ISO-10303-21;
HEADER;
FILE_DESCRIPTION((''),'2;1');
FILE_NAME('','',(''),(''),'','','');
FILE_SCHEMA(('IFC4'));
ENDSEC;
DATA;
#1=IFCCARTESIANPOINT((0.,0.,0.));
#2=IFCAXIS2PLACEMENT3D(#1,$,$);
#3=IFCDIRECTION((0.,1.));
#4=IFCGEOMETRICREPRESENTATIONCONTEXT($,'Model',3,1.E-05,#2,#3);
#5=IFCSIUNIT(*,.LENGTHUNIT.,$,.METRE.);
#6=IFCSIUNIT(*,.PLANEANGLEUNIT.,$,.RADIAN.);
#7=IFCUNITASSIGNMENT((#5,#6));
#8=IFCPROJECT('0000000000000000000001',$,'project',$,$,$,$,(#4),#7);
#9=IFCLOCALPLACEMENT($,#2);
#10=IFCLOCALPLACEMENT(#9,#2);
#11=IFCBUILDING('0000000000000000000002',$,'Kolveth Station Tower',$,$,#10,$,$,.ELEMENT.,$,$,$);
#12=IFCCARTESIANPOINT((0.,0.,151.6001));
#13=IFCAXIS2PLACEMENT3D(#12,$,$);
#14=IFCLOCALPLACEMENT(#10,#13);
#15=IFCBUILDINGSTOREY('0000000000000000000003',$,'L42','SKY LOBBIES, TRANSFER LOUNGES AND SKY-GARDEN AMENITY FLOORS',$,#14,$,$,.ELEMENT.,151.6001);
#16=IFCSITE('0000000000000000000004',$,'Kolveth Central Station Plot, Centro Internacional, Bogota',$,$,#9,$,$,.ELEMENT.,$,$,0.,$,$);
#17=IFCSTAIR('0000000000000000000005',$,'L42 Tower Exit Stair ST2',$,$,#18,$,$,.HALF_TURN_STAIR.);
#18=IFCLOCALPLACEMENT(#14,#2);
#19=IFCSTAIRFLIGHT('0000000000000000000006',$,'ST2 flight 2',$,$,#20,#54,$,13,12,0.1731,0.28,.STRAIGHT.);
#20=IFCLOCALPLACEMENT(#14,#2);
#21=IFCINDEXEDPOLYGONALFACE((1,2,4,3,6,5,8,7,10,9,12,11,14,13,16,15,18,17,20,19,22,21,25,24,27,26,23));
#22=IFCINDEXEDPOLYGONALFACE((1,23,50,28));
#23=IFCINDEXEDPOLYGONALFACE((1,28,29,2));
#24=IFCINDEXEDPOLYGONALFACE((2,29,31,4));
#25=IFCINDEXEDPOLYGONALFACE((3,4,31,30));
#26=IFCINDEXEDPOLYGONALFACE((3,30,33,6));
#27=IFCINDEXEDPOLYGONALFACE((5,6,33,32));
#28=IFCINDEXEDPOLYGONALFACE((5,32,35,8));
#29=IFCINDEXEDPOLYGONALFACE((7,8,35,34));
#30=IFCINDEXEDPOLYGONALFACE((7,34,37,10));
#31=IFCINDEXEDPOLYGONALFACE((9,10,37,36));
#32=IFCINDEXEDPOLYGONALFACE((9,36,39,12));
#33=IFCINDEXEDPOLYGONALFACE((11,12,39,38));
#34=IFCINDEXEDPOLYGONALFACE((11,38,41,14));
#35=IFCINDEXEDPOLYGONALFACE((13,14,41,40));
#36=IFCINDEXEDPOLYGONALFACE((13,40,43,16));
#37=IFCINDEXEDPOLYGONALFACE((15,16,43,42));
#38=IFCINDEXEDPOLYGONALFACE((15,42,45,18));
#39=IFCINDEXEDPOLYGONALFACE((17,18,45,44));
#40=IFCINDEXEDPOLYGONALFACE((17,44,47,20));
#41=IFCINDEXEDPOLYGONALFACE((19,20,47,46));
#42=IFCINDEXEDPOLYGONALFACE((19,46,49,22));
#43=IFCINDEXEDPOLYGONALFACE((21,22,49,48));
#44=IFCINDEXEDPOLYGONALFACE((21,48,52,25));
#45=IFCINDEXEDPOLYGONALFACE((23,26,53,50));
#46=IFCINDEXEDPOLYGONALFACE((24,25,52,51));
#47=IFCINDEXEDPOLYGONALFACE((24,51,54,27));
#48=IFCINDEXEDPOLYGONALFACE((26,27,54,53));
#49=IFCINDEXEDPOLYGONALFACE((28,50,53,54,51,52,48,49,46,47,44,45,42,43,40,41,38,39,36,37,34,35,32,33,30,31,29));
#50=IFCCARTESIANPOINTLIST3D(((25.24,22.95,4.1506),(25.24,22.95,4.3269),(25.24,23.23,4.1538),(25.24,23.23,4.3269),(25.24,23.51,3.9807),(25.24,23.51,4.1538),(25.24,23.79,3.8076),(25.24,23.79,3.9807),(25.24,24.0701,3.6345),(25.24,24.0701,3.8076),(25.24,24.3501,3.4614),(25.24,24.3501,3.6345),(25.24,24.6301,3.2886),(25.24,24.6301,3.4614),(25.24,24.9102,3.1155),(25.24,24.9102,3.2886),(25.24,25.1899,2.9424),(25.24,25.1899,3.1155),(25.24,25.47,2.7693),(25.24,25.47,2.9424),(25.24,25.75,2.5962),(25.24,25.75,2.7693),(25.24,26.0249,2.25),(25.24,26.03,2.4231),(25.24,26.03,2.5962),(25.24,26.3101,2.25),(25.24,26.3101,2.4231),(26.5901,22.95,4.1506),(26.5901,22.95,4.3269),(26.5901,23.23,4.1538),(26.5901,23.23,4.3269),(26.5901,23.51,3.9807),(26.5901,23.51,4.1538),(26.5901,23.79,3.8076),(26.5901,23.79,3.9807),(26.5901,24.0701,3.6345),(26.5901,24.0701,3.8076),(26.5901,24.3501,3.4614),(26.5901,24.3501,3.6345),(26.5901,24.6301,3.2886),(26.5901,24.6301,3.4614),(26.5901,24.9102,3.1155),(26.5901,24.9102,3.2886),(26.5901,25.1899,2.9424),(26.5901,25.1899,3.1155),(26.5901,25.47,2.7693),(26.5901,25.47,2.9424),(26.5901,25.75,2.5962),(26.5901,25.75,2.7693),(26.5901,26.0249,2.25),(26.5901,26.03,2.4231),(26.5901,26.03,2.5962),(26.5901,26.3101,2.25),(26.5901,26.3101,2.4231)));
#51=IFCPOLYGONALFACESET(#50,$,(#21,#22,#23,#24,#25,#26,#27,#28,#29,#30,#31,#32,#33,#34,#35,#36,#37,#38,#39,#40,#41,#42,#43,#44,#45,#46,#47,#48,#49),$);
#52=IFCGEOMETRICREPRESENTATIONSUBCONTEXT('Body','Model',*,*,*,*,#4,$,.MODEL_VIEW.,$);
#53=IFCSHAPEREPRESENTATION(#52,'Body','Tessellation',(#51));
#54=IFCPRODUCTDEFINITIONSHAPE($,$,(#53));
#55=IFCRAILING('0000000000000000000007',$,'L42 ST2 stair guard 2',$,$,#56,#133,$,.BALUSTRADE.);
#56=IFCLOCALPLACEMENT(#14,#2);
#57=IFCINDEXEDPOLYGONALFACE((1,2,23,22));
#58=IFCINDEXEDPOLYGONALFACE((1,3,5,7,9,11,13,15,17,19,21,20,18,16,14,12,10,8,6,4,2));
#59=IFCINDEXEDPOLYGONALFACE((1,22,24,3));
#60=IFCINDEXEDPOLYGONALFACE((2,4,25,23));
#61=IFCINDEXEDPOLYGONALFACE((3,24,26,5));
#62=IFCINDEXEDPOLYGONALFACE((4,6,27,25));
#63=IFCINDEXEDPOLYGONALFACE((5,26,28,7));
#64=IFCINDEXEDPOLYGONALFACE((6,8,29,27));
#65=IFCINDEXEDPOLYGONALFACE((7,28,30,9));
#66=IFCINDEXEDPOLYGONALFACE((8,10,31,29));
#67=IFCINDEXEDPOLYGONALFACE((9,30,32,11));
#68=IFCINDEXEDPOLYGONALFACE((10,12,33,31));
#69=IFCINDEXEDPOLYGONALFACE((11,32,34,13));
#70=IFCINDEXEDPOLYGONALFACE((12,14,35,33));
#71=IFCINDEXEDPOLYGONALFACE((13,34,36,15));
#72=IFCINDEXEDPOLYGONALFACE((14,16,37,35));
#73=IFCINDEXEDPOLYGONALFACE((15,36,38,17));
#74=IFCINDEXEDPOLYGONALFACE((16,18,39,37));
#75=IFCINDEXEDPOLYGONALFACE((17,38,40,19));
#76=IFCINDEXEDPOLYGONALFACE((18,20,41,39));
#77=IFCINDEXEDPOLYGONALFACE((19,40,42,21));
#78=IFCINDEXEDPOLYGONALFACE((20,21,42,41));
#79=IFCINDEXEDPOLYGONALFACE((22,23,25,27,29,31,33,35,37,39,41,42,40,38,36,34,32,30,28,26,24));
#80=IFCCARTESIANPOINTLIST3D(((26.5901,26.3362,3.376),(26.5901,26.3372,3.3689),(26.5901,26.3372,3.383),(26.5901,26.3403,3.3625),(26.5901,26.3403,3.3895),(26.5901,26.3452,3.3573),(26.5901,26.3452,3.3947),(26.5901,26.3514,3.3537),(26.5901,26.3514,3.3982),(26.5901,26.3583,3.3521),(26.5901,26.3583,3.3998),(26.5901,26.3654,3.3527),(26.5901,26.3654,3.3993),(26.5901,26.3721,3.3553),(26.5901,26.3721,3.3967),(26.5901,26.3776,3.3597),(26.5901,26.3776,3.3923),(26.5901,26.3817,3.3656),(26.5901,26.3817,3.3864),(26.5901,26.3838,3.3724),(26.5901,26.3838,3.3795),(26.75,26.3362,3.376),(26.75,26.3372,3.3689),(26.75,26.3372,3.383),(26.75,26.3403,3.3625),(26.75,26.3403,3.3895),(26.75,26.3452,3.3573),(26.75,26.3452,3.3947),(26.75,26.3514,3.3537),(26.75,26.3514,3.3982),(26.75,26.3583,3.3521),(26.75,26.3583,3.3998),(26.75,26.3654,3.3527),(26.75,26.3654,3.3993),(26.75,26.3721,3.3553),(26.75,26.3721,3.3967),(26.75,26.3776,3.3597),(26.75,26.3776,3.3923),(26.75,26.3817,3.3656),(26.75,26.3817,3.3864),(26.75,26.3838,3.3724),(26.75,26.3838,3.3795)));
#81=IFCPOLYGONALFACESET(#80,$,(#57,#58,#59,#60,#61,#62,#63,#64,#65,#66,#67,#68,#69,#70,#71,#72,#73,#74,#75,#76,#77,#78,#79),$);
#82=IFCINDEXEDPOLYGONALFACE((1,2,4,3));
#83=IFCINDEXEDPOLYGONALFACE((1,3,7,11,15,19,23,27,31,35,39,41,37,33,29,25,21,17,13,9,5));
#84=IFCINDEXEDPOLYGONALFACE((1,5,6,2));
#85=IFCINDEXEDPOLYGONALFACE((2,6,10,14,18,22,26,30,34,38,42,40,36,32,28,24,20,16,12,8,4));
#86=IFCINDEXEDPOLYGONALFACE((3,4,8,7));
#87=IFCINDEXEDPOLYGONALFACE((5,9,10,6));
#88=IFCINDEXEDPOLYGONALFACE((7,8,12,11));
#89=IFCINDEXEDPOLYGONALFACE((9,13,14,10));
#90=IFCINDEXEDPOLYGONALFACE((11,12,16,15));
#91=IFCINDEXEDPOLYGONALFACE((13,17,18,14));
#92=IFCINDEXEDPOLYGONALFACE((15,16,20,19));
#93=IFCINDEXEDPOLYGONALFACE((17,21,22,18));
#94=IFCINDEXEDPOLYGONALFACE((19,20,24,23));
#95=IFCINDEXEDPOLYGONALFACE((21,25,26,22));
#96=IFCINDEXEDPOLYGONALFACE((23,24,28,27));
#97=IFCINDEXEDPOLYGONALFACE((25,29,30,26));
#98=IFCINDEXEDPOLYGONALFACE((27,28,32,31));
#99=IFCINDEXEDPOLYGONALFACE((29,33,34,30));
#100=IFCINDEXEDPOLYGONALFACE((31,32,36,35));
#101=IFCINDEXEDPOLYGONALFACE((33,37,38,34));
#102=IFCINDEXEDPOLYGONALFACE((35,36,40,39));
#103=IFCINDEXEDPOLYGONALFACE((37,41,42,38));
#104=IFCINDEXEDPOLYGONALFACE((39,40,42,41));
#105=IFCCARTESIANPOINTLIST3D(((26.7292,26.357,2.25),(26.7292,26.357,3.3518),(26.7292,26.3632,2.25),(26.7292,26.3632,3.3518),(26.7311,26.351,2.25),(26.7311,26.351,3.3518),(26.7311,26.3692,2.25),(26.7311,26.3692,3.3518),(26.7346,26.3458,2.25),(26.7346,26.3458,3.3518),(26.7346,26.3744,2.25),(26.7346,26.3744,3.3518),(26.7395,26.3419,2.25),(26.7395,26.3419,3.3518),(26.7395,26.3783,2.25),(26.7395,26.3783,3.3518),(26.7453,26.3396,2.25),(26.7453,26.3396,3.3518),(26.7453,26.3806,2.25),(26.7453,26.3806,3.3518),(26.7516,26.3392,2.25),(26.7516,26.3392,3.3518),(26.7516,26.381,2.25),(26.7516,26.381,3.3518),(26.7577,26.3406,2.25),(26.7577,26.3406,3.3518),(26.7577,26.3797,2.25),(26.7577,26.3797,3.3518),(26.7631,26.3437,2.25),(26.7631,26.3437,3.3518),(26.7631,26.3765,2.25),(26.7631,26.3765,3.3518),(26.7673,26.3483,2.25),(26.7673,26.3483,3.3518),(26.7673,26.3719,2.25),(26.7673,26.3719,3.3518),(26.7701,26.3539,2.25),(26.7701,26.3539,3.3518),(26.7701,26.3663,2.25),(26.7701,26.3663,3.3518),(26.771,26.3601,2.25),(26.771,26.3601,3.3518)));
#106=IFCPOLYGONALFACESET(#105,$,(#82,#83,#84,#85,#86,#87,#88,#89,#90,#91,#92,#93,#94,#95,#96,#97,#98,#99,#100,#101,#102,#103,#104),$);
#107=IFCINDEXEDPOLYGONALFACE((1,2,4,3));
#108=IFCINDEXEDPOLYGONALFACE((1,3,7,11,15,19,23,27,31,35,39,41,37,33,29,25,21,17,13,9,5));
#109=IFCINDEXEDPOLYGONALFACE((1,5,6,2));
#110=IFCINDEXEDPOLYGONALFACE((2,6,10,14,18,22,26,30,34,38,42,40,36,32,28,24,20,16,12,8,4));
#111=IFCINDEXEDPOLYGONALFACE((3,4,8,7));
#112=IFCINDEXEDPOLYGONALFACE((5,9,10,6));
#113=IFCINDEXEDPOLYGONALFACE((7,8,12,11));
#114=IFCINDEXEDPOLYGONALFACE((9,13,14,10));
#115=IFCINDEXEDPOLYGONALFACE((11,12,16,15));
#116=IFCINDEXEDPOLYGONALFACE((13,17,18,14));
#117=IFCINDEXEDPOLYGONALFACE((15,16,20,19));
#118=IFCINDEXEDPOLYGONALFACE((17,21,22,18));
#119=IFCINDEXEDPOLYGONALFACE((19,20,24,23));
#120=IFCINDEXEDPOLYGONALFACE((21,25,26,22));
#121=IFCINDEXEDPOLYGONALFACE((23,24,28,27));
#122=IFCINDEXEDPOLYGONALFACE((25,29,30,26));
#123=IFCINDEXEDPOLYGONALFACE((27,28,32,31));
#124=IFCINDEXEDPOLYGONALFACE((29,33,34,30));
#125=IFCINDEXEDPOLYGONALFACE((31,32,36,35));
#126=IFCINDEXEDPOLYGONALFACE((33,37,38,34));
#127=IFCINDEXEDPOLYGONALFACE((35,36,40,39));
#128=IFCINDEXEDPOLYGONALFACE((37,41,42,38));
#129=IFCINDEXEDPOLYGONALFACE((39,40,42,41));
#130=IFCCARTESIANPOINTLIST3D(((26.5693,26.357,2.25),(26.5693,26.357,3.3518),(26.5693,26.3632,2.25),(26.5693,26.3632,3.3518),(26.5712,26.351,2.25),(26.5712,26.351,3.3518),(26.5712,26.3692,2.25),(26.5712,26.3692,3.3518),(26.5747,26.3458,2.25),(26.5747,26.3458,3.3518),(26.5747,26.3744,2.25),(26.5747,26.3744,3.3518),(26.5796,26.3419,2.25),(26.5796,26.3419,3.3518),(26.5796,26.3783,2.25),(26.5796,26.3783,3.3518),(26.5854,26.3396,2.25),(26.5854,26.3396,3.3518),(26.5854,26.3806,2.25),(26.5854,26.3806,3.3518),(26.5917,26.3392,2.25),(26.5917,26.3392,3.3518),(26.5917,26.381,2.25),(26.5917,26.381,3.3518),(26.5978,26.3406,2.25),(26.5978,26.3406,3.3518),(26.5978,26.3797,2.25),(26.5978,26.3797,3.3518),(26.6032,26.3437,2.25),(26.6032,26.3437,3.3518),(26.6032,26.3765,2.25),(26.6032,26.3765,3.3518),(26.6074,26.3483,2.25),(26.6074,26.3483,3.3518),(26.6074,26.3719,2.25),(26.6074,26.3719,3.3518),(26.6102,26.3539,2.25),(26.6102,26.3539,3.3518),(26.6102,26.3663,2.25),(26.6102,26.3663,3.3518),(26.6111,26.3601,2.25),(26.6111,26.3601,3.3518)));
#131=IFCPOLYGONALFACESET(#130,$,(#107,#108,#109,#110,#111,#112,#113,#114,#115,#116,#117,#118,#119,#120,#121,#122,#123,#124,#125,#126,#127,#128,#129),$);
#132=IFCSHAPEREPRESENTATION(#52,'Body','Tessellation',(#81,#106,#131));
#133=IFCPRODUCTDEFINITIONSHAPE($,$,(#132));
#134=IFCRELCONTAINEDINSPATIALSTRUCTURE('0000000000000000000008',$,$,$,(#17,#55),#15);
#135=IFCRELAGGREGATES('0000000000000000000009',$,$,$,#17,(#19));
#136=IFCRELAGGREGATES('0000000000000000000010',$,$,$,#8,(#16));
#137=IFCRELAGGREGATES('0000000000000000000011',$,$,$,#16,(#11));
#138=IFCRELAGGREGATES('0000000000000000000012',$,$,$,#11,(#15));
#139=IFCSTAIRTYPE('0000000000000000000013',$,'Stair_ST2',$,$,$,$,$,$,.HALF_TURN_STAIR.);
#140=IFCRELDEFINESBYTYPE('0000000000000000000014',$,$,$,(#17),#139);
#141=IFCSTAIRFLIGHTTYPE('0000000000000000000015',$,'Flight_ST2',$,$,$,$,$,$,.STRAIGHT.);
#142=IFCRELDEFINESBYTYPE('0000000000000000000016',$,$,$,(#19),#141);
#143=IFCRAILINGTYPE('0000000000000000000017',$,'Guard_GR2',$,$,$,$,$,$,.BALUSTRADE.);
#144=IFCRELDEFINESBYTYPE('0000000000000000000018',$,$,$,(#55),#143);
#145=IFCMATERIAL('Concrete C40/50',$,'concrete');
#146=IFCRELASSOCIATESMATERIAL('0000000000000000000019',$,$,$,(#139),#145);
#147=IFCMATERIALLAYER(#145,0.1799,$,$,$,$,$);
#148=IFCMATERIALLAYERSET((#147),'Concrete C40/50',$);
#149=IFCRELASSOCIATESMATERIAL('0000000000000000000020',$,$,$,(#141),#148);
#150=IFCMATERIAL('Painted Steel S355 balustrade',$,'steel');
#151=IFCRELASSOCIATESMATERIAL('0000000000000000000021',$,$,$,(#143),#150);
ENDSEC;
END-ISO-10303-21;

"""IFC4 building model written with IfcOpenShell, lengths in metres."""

from ifc_helpers import new_model, si_unit, direction, frame, origin, origin_2d, place, context, subcontext, project, spatial, polyline, circle, outline, extrude, material, layer, layer_set, type_object, element, aggregate, save


model = new_model("IFC4")

# Units and contexts
model_context = context("Model", 3, precision=1e-05, world=origin(), true_north=direction((0.0, 1.0)))
body_context = subcontext(model_context, "Body", "Model", "MODEL_VIEW")
ifc_project = project(units=[si_unit("LENGTHUNIT", "METRE"), si_unit("PLANEANGLEUNIT", "RADIAN")], contexts=[model_context])

# Site, building, storey
site_placement = place(None, origin())
site = spatial("IfcSite", under=ifc_project, at=site_placement, Name="Kolveth Central Station Plot, Centro Internacional, Bogota", CompositionType="ELEMENT", RefElevation=0.0)
building_placement = place(site_placement, origin())
building = spatial("IfcBuilding", under=site, at=building_placement, Name="Kolveth Station Tower", CompositionType="ELEMENT")
storey_placement = place(building_placement, frame((0.0, 0.0, 151.6001)))
storey = spatial("IfcBuildingStorey", under=building, at=storey_placement, Name="L42", Description="SKY LOBBIES, TRANSFER LOUNGES AND SKY-GARDEN AMENITY FLOORS", CompositionType="ELEMENT", Elevation=151.6001)

# Stair, stair flight
ifc_material_1 = material(Name="Concrete C40/50", Category="concrete")
stair_type = type_object("IfcStairType", Name="Stair_ST2", PredefinedType="HALF_TURN_STAIR", material=ifc_material_1)
stair_placement = place(storey_placement, origin())
stair = element("IfcStair", 1, at=stair_placement, inside=storey, type_object=stair_type, Name="L42 Tower Exit Stair ST2", PredefinedType="HALF_TURN_STAIR")
ifc_layer_1 = layer(ifc_material_1, 0.1799)
ifc_layer_set_1 = layer_set([ifc_layer_1], Name="Concrete C40/50")
stair_flight_type = type_object("IfcStairFlightType", Name="Flight_ST2", PredefinedType="STRAIGHT", material=ifc_layer_set_1)
stair_flight_placement = place(storey_placement, frame((25.915, 26.3101, 2.25), z_axis=(0.0, 0.0, 1.0), x_axis=(0.0, -1.0, 0.0)))
stair_flight = element("IfcStairFlight", 2, at=stair_flight_placement, type_object=stair_flight_type, Name="ST2 flight 2", NumberOfRisers=13, NumberOfTreads=12, PredefinedType="STRAIGHT", RiserHeight=0.1731, TreadLength=0.28, context=body_context, shape_type="SweptSolid", body=[
    extrude(outline(polyline([(0.0, 0.0), (0.0, 0.1731), (0.28, 0.1731), (0.28, 0.3462), (0.5601, 0.3462), (0.5601, 0.5193), (0.8401, 0.5193), (0.8401, 0.6924), (1.1201, 0.6924), (1.1201, 0.8655), (1.3999, 0.8655), (1.3999, 1.0386), (1.6799, 1.0386), (1.6799, 1.2114), (1.96, 1.2114), (1.96, 1.3845), (2.24, 1.3845), (2.24, 1.5576), (2.52, 1.5576), (2.52, 1.7307), (2.8, 1.7307), (2.8, 1.9038), (3.0801, 1.9038), (3.0801, 2.0769), (3.3601, 2.0769), (3.3601, 2.25), (3.3601, 1.9006), (0.2852, 0.0), (0.0, 0.0)])), frame((0.0, 0.675, 0.0), z_axis=(0.0, -1.0, 0.0), x_axis=(1.0, 0.0, 0.0)), (0.0, 0.0, 1.0), 1.3501),
])
aggregate(stair, [stair_flight])

# Railing
ifc_material_2 = material(Name="Painted Steel S355 balustrade", Category="steel")
railing_type_1 = type_object("IfcRailingType", Name="Guard_GR2", PredefinedType="BALUSTRADE", material=ifc_material_2)
railing_1_placement = place(storey_placement, frame((26.75, 26.3601, 2.25)))
element("IfcRailing", 3, at=railing_1_placement, inside=storey, type_object=railing_type_1, Name="L42 ST2 stair guard 2", PredefinedType="BALUSTRADE", context=body_context, shape_type="SweptSolid", body=[
    extrude(circle(Radius=0.0239, at=origin_2d()), frame((0.0, 0.0, 1.126), z_axis=(-1.0, 0.0, 0.0), x_axis=(0.0, -1.0, 0.0)), (0.0, 0.0, 1.0), 0.1599),
    extrude(circle(Radius=0.021, at=origin_2d()), origin(), (0.0, 0.0, 1.0), 1.1018),
    extrude(circle(Radius=0.021, at=origin_2d()), frame((-0.1599, 0.0, 0.0)), (0.0, 0.0, 1.0), 1.1018),
])

save(model, "model.ifc")
